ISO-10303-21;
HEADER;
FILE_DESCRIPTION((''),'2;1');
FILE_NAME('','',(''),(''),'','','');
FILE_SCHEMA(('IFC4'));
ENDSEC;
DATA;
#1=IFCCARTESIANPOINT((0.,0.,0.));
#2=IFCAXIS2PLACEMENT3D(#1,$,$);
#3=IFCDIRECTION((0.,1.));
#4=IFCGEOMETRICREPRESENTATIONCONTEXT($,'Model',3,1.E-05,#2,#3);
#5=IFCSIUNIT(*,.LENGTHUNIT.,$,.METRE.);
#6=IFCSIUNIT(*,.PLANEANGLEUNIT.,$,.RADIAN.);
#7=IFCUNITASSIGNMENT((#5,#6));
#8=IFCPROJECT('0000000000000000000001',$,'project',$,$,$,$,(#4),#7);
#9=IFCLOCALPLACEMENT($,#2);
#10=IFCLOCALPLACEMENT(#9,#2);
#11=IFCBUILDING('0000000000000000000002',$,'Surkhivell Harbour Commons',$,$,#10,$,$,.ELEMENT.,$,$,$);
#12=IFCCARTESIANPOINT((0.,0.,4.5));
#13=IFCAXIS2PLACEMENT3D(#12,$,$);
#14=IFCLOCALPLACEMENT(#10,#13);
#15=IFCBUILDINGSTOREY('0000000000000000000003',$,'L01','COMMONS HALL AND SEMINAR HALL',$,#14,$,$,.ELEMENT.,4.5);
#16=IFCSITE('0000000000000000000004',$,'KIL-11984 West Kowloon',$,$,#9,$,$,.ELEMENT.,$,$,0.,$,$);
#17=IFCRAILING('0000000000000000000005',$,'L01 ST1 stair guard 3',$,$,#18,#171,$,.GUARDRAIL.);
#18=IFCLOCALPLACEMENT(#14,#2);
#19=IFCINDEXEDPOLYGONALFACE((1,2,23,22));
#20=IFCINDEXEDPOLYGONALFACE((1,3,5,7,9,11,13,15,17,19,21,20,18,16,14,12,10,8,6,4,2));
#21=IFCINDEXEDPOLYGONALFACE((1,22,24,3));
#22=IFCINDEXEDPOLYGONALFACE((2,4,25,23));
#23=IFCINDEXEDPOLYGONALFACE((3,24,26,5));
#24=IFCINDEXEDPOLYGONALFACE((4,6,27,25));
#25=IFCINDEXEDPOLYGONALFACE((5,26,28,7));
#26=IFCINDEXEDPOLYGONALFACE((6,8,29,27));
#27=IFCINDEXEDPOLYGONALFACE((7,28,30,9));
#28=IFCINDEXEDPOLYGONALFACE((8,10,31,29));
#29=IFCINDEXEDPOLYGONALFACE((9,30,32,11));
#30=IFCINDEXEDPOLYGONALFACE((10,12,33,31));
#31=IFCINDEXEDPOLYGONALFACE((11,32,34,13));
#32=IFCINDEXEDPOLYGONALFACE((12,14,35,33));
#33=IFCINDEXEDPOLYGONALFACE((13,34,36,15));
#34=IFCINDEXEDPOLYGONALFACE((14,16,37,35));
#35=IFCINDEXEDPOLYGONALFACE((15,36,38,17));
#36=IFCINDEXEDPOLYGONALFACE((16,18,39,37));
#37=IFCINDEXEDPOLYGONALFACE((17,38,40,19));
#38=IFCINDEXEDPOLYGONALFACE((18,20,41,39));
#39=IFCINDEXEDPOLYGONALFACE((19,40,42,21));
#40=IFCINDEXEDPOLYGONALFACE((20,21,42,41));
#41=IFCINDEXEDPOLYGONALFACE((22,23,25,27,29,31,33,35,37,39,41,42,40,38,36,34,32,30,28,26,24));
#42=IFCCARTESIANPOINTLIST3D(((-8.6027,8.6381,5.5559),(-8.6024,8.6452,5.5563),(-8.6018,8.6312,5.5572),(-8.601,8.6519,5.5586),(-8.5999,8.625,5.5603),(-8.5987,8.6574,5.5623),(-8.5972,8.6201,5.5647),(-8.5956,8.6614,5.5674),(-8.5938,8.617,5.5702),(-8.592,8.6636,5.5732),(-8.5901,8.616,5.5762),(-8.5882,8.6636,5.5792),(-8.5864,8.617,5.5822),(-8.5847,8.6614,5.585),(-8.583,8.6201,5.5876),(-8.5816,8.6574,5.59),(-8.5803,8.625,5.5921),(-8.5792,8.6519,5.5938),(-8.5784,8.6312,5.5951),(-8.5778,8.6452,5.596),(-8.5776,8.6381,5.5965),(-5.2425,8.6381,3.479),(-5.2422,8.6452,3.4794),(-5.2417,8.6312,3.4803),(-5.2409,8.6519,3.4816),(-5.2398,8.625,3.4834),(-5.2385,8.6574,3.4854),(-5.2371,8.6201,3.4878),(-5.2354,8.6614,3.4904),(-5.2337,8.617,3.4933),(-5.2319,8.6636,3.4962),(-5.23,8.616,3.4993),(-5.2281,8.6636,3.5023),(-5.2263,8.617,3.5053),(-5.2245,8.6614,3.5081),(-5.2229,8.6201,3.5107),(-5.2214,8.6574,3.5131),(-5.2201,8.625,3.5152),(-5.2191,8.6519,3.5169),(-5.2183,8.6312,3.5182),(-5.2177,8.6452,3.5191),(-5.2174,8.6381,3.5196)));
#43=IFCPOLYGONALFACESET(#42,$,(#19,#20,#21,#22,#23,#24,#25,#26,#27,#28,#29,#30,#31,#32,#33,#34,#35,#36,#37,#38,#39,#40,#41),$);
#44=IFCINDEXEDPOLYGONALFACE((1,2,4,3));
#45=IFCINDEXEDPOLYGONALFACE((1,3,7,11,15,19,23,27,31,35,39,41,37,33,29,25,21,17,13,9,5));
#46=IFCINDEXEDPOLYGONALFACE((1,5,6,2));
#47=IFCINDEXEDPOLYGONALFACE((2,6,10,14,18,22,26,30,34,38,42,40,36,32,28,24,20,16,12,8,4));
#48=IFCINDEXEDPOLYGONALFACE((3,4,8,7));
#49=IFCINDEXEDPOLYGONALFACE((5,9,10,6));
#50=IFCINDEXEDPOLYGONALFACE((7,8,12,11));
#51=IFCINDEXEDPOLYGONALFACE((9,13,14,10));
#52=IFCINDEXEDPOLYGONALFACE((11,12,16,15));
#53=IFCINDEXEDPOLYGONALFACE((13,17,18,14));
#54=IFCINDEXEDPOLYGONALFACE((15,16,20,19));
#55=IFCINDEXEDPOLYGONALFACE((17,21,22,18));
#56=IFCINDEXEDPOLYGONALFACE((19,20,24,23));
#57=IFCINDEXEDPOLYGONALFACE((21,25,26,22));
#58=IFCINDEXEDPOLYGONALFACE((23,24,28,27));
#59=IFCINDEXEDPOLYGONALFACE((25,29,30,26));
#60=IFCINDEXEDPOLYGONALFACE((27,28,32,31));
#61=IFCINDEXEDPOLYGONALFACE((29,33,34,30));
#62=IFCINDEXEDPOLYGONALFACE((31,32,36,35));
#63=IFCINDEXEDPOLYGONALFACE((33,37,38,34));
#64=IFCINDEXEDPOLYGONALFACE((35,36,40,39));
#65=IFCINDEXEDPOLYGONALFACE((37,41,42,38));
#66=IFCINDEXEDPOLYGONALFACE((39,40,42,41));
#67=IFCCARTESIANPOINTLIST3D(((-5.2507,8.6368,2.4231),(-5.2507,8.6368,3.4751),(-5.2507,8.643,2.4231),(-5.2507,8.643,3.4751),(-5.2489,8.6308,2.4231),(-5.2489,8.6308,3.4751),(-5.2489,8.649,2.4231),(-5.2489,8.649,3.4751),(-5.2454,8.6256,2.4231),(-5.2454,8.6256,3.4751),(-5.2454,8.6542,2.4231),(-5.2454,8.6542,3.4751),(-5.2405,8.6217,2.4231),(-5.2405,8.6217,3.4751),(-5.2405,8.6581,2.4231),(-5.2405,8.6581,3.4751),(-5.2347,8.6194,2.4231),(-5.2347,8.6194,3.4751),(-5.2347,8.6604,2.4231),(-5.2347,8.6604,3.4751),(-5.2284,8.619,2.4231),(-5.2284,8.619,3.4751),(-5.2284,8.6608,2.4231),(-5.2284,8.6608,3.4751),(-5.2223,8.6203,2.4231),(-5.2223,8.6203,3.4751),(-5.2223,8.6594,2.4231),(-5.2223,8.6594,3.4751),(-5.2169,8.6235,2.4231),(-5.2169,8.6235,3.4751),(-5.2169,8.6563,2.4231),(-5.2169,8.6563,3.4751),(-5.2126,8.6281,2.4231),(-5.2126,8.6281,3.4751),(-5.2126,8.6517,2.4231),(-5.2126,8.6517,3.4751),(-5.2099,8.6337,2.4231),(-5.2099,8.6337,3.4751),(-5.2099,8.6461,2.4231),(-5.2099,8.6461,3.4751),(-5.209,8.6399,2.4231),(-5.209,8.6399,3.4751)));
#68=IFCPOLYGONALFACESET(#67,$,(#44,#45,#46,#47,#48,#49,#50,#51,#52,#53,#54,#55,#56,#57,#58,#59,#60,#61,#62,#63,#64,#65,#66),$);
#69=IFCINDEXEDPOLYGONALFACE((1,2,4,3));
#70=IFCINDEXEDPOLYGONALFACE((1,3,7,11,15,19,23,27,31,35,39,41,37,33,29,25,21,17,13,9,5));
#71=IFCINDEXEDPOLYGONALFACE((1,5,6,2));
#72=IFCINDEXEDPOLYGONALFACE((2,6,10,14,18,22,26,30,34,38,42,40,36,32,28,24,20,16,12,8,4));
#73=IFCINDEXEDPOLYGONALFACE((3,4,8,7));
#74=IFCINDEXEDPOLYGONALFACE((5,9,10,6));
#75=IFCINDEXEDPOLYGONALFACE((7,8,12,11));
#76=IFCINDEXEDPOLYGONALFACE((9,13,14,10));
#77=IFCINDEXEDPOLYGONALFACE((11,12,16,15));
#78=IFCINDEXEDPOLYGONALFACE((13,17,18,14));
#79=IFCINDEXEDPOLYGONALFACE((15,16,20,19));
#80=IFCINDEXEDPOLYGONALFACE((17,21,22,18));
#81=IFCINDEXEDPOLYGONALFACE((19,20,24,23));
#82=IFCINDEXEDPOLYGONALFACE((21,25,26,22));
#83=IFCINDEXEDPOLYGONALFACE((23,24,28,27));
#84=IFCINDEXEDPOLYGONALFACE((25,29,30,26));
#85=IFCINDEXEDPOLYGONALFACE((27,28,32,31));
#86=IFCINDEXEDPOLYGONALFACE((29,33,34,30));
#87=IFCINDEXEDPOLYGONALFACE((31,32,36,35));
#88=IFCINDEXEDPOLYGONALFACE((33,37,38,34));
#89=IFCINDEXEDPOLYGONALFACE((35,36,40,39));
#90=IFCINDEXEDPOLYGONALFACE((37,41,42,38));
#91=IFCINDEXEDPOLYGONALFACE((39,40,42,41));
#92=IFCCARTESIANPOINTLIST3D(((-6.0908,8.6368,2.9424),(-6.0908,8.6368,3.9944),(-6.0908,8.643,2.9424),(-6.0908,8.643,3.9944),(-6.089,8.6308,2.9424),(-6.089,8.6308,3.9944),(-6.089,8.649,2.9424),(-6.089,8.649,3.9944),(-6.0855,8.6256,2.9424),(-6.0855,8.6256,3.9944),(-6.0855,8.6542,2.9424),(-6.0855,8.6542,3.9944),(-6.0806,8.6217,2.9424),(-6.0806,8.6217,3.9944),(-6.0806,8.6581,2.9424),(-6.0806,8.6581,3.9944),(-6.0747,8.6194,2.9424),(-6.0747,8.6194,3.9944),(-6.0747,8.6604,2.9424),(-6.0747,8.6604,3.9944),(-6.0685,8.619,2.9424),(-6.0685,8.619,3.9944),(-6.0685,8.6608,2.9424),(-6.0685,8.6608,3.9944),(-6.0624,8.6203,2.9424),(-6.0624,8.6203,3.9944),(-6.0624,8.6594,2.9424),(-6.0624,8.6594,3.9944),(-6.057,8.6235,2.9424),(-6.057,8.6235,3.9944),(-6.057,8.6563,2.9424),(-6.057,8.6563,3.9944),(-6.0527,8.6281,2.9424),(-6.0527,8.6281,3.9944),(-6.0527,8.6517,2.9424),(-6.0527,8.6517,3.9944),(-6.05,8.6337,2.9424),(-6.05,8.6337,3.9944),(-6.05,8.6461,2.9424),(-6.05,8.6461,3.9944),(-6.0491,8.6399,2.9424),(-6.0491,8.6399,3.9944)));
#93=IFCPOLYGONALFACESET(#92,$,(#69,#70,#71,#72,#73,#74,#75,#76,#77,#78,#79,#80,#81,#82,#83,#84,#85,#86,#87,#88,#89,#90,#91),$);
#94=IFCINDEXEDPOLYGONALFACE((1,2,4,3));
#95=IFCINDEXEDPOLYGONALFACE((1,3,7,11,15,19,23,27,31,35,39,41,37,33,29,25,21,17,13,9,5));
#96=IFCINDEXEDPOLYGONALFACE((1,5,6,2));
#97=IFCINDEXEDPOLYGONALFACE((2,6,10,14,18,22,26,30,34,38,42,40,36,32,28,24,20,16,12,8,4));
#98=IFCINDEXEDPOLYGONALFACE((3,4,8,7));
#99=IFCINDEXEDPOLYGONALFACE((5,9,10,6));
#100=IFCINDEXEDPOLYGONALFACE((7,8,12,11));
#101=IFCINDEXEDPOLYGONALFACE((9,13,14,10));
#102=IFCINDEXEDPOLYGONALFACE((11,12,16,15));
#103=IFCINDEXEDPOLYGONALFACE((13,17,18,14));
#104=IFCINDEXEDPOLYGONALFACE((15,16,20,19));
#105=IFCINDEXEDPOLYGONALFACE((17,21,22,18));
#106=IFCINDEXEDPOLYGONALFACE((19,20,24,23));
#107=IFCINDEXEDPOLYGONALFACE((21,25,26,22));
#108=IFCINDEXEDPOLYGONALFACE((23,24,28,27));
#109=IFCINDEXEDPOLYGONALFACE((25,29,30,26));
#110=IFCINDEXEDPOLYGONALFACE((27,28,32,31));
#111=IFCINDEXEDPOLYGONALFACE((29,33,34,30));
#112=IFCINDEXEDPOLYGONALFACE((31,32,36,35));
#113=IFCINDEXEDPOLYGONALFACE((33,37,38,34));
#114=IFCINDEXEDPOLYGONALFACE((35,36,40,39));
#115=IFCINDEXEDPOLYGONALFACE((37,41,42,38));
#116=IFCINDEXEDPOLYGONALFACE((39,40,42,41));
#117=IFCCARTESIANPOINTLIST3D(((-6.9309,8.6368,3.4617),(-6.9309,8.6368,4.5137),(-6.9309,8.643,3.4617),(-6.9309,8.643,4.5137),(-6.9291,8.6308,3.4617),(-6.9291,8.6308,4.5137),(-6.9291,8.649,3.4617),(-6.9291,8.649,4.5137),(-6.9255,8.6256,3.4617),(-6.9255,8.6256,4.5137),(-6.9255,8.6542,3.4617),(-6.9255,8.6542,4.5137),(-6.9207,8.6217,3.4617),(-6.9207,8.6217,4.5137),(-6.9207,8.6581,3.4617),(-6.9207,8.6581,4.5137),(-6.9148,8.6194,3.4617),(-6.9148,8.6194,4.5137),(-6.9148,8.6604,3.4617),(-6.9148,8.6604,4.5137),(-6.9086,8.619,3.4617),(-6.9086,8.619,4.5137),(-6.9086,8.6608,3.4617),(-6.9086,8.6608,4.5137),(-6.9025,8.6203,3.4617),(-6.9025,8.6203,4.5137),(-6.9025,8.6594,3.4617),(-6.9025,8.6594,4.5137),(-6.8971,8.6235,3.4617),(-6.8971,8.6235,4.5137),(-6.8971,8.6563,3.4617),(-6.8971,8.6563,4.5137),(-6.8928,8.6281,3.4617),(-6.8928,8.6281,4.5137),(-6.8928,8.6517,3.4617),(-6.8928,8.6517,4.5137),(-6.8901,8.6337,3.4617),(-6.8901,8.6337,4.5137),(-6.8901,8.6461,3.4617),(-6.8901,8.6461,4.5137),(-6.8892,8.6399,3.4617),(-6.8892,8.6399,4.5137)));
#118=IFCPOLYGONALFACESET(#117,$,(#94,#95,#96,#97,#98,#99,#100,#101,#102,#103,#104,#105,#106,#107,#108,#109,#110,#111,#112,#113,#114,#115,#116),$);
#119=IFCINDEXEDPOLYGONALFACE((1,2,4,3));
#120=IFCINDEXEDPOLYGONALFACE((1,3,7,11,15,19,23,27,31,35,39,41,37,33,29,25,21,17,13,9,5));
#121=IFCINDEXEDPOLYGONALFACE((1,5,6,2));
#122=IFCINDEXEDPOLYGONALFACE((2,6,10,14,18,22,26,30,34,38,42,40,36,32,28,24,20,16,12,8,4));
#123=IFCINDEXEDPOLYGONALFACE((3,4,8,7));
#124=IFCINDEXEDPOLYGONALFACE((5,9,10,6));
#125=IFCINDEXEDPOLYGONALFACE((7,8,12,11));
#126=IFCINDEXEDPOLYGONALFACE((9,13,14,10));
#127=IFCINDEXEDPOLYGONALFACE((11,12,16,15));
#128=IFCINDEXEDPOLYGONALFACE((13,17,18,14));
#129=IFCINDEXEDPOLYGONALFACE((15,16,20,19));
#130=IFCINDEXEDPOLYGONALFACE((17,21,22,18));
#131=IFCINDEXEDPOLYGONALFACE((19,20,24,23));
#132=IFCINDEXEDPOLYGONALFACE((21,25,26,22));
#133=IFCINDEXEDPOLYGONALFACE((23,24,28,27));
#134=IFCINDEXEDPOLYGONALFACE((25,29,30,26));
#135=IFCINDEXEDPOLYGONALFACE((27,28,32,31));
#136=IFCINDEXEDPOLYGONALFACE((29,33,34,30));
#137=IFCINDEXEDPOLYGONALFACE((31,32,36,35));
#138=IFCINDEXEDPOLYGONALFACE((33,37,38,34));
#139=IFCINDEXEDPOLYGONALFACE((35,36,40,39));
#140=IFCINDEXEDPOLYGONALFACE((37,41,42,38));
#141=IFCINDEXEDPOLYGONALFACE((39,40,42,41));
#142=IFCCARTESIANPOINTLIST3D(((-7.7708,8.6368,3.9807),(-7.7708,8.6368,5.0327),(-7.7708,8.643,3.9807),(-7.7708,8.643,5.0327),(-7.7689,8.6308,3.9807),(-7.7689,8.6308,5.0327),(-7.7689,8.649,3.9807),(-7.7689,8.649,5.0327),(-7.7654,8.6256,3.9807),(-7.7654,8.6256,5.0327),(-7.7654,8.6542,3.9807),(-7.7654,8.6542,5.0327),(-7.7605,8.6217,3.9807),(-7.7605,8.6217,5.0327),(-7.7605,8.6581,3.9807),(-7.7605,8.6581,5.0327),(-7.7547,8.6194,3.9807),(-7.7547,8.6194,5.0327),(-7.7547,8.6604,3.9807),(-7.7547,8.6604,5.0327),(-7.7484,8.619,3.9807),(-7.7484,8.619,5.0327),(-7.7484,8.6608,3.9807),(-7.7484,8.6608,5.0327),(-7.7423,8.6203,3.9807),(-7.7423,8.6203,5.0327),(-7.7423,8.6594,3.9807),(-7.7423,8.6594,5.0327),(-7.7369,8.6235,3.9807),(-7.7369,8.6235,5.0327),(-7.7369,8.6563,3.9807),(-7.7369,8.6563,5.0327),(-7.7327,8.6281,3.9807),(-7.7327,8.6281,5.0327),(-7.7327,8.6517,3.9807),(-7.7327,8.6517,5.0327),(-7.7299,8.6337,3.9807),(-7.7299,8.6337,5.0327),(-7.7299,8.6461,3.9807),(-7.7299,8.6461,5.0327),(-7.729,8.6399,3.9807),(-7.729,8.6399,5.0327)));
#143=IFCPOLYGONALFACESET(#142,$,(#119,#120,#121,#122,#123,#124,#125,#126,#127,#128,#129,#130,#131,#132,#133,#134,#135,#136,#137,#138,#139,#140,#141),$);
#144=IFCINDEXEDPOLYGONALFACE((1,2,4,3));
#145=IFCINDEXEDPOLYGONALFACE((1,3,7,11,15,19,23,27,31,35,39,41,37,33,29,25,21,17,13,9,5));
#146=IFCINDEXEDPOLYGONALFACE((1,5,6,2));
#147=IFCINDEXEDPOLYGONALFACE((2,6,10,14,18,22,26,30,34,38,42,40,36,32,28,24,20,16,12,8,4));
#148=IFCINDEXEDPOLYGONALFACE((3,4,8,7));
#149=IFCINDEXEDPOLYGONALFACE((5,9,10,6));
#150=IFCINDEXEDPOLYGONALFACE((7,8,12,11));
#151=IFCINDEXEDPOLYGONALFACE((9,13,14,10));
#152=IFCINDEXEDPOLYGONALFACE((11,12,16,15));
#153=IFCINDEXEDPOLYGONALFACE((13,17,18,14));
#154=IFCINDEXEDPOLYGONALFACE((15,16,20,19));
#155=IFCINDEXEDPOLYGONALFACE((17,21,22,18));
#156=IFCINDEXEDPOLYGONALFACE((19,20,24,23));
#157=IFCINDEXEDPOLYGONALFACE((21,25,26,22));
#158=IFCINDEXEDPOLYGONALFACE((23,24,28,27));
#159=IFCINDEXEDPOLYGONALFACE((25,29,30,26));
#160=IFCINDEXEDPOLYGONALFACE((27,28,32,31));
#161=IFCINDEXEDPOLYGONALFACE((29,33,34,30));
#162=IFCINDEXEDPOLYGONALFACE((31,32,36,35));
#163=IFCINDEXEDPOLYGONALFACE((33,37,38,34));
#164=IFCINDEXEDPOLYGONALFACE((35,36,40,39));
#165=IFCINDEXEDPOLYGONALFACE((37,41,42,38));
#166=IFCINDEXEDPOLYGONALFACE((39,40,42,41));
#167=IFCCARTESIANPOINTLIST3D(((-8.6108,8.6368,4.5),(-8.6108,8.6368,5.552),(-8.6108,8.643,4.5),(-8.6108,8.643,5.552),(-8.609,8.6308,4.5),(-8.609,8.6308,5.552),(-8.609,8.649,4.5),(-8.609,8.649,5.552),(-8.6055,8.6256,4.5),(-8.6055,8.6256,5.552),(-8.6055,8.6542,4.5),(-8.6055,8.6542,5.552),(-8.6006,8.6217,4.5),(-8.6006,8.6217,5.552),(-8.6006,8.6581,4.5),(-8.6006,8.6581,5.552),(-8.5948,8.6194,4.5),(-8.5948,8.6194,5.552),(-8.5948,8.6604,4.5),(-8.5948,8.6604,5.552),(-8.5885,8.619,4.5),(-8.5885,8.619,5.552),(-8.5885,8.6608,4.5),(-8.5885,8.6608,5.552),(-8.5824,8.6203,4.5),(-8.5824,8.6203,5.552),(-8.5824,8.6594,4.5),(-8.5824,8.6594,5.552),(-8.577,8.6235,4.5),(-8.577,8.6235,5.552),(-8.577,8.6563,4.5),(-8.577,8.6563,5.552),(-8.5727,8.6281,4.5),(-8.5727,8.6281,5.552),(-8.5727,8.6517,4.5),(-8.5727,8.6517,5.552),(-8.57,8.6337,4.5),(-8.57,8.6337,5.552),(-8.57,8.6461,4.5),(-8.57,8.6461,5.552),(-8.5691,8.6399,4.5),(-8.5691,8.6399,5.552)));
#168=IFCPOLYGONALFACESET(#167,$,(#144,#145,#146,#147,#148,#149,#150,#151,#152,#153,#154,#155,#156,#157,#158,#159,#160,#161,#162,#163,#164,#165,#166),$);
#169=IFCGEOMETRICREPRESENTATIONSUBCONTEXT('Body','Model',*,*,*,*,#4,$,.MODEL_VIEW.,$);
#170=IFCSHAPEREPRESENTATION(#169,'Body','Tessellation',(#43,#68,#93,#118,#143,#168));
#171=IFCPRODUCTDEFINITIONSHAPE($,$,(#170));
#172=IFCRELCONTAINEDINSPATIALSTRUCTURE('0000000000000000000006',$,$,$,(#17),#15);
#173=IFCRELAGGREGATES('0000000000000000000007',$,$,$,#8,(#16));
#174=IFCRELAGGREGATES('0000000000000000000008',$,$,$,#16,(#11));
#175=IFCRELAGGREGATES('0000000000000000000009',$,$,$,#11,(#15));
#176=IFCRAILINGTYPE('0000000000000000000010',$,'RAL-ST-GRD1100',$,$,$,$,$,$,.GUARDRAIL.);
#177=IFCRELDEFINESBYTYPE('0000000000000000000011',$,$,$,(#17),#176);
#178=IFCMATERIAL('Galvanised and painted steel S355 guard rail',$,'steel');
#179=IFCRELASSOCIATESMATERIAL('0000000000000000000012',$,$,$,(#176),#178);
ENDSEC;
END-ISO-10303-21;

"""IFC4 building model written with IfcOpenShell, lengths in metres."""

from ifc_helpers import new_model, si_unit, direction, frame, origin, origin_2d, place, context, subcontext, project, spatial, circle, extrude, material, type_object, element, save


model = new_model("IFC4")

# Units and contexts
model_context = context("Model", 3, precision=1e-05, world=origin(), true_north=direction((0.0, 1.0)))
body_context = subcontext(model_context, "Body", "Model", "MODEL_VIEW")
ifc_project = project(units=[si_unit("LENGTHUNIT", "METRE"), si_unit("PLANEANGLEUNIT", "RADIAN")], contexts=[model_context])

# Site, building, storey
site_placement = place(None, origin())
site = spatial("IfcSite", under=ifc_project, at=site_placement, Name="KIL-11984 West Kowloon", CompositionType="ELEMENT", RefElevation=0.0)
building_placement = place(site_placement, origin())
building = spatial("IfcBuilding", under=site, at=building_placement, Name="Surkhivell Harbour Commons", CompositionType="ELEMENT")
storey_placement = place(building_placement, frame((0.0, 0.0, 4.5)))
storey = spatial("IfcBuildingStorey", under=building, at=storey_placement, Name="L01", Description="COMMONS HALL AND SEMINAR HALL", CompositionType="ELEMENT", Elevation=4.5)

# Railing
ifc_material_1 = material(Name="Galvanised and painted steel S355 guard rail", Category="steel")
railing_type_1 = type_object("IfcRailingType", Name="RAL-ST-GRD1100", PredefinedType="GUARDRAIL", material=ifc_material_1)
railing_1_placement = place(storey_placement, frame((-5.23, 8.6399, 2.4231)))
element("IfcRailing", 1, at=railing_1_placement, inside=storey, type_object=railing_type_1, Name="L01 ST1 stair guard 3", PredefinedType="GUARDRAIL", context=body_context, shape_type="SweptSolid", body=[
    extrude(circle(Radius=0.0239, at=origin_2d()), frame((0.0, 0.0, 1.0762), z_axis=(-0.850623, 0.0, 0.525776), x_axis=(0.0, -1.0, 0.0)), (0.0, 0.0, 1.0), 3.9502),
    extrude(circle(Radius=0.021, at=origin_2d()), origin(), (0.0, 0.0, 1.0), 1.052),
    extrude(circle(Radius=0.021, at=origin_2d()), frame((-0.8401, 0.0, 0.5193)), (0.0, 0.0, 1.0), 1.052),
    extrude(circle(Radius=0.021, at=origin_2d()), frame((-1.6802, 0.0, 1.0386)), (0.0, 0.0, 1.0), 1.052),
    extrude(circle(Radius=0.021, at=origin_2d()), frame((-2.52, 0.0, 1.5576)), (0.0, 0.0, 1.0), 1.052),
    extrude(circle(Radius=0.021, at=origin_2d()), frame((-3.3601, 0.0, 2.0769)), (0.0, 0.0, 1.0), 1.052),
])

save(model, "model.ifc")
